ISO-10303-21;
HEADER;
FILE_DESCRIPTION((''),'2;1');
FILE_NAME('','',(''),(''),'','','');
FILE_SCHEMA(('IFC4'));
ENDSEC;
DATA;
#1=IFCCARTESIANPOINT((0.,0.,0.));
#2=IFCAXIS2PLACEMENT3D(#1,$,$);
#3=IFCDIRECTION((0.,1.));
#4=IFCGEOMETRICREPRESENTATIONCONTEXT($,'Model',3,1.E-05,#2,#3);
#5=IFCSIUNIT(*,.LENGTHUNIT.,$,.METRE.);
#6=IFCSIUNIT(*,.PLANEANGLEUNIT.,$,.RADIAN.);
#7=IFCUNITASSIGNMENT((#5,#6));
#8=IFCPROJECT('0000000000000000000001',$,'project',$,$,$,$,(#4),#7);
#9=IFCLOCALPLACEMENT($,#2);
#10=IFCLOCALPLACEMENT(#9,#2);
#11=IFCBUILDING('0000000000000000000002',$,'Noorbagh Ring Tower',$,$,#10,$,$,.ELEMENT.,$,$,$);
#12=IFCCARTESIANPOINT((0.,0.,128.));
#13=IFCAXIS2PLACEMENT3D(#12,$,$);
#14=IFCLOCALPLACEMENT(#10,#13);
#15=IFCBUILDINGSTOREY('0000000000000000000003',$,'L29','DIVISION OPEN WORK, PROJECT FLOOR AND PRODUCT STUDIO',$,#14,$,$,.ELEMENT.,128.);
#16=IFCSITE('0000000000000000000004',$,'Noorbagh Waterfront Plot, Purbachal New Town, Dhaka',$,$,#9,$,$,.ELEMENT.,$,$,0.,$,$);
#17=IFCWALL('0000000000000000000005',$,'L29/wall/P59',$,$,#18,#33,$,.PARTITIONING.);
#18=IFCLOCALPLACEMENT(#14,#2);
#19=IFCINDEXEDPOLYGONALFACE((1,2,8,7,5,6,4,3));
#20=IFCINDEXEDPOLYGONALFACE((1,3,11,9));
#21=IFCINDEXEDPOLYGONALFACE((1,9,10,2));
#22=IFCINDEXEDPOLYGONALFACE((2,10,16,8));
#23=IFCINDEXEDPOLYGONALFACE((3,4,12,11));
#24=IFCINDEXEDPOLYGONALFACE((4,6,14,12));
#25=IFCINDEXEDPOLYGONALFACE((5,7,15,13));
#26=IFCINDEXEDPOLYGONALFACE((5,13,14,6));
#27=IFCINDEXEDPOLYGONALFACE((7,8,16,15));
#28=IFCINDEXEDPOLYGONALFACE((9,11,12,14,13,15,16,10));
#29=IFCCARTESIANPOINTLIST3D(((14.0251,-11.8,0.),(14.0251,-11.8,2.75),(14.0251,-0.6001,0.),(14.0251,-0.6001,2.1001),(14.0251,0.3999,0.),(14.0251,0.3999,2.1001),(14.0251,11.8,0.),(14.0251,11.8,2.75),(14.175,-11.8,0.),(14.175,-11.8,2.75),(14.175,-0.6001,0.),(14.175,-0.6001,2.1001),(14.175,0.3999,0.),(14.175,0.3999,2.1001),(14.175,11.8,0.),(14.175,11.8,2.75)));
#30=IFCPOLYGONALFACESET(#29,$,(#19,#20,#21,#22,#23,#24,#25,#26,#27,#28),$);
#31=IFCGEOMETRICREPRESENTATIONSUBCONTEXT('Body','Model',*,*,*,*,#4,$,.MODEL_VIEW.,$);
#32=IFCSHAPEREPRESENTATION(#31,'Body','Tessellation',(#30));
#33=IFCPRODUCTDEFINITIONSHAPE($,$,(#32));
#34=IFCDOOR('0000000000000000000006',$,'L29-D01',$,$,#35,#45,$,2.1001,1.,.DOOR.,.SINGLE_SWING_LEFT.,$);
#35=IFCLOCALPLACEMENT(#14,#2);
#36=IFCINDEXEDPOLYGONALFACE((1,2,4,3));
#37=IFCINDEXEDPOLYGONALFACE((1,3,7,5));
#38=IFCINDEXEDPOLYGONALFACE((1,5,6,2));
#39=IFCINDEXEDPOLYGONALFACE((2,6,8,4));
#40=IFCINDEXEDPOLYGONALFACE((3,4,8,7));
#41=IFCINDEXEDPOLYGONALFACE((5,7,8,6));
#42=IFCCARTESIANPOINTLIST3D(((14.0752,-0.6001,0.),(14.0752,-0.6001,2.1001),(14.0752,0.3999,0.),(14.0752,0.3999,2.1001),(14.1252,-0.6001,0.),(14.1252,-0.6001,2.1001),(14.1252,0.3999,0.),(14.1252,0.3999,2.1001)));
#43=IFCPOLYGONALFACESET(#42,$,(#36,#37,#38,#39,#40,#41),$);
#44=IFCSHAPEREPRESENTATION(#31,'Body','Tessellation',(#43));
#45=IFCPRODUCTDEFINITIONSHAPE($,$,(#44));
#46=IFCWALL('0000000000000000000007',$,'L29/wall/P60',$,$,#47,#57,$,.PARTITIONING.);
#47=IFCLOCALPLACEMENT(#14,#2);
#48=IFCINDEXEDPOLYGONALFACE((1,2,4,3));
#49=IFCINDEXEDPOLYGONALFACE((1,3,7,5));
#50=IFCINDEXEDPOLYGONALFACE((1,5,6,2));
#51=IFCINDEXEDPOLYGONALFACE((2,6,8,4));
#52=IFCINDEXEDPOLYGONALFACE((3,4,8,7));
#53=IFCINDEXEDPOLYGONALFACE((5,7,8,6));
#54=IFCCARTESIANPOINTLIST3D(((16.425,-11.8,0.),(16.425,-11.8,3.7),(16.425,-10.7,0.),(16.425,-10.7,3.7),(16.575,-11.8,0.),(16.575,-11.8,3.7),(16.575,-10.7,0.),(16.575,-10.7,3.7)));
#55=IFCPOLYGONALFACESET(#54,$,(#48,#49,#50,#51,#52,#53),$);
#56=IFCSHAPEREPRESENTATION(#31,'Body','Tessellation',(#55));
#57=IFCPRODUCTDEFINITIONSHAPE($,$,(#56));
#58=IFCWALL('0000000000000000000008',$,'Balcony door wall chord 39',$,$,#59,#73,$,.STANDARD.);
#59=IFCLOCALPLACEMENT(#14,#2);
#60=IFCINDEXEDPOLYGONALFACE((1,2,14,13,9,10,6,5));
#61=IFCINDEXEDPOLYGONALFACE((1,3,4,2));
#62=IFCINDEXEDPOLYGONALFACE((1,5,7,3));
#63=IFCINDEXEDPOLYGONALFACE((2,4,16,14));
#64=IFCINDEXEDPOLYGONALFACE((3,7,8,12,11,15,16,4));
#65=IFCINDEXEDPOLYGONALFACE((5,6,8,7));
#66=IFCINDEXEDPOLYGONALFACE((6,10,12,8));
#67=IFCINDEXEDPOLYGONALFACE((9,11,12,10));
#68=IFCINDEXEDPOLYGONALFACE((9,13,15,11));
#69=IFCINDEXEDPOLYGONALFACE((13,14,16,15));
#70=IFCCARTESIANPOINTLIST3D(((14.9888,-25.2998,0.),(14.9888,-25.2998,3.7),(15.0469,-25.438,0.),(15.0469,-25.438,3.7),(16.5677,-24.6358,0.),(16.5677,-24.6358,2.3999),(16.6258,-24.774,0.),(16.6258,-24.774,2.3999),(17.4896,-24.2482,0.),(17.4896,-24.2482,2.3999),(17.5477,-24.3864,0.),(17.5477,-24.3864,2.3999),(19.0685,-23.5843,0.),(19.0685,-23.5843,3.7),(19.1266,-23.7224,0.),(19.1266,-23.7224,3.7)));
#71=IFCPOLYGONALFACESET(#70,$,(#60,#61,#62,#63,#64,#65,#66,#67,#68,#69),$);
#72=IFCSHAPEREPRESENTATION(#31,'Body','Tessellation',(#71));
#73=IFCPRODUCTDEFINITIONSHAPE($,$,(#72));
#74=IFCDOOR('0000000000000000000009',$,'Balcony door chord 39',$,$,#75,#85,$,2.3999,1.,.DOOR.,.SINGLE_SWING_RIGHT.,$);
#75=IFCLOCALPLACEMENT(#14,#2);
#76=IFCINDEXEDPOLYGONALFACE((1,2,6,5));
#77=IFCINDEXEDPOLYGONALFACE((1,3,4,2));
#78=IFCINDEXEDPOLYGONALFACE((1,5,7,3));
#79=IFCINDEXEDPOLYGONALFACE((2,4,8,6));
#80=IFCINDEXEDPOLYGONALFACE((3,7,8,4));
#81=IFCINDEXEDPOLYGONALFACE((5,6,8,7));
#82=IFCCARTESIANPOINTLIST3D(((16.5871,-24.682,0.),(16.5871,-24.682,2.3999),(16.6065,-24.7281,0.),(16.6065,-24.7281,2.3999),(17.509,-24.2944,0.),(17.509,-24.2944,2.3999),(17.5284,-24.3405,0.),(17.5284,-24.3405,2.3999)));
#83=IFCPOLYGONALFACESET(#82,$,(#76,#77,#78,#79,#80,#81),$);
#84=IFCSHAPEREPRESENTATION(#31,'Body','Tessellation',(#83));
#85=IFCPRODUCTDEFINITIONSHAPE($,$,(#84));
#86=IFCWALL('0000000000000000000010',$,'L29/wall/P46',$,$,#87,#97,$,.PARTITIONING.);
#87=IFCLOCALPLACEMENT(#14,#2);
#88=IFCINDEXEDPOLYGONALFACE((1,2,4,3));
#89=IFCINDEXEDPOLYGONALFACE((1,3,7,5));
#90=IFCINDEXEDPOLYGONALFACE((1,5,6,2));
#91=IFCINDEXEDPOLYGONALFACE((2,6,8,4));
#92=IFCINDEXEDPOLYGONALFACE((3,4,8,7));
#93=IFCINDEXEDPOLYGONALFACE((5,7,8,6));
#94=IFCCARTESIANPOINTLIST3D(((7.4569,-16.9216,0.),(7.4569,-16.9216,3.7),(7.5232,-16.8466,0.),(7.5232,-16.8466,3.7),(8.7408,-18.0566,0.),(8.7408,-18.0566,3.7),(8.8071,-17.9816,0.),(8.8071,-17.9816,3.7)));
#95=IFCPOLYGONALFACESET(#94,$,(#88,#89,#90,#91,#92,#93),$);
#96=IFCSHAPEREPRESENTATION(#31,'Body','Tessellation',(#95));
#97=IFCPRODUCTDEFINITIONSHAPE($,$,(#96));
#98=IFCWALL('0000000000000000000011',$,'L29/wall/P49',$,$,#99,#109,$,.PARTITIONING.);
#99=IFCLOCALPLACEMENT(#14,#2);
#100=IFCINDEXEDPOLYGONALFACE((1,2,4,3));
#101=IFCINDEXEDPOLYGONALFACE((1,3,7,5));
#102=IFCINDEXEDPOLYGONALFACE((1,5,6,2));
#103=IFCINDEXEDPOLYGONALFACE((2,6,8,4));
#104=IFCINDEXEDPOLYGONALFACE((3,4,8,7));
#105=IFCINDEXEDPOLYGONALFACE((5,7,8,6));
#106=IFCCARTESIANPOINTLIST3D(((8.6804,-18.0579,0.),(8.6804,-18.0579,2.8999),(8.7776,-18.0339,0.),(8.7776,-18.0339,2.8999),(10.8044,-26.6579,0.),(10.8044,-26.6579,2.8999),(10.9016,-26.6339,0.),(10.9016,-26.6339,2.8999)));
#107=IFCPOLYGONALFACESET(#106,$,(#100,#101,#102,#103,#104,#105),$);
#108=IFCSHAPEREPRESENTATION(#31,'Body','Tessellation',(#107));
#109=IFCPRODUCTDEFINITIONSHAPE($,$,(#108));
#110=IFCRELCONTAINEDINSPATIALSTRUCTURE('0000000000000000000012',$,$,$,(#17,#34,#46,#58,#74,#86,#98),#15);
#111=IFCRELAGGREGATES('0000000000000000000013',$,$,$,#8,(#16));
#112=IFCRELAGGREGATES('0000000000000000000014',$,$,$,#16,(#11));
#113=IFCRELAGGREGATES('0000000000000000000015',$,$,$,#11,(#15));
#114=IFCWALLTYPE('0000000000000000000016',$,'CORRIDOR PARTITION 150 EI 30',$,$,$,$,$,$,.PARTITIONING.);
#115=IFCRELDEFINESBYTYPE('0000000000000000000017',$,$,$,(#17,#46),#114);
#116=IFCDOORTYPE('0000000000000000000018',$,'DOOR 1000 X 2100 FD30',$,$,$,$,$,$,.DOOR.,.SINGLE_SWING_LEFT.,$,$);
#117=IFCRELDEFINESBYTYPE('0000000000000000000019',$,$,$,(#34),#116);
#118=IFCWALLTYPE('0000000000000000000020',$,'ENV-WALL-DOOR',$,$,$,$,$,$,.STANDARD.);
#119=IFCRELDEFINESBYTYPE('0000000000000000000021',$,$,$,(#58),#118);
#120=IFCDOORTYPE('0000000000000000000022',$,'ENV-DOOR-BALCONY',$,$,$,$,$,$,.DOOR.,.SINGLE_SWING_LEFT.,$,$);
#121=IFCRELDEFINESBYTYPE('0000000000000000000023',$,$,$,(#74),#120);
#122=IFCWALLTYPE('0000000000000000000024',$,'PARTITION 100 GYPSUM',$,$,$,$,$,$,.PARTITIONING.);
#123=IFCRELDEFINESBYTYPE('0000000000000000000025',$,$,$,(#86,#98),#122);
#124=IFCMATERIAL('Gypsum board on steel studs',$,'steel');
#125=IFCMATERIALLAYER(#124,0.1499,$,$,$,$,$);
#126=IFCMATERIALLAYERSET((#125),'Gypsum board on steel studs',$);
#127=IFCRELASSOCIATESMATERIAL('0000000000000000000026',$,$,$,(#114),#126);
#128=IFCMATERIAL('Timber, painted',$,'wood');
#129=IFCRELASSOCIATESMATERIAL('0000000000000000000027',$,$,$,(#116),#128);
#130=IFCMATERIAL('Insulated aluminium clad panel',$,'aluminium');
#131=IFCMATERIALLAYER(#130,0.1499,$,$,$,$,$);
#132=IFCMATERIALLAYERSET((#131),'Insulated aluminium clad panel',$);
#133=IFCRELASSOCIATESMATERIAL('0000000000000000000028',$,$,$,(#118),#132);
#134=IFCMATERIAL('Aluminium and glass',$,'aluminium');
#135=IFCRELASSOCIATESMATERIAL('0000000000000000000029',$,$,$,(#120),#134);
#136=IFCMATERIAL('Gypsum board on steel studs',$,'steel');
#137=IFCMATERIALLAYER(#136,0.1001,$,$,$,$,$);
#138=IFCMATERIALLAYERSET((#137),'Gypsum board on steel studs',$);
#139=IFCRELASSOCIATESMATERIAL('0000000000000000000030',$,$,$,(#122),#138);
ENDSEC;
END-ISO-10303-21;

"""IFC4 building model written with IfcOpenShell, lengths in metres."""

from ifc_helpers import new_model, si_unit, direction, frame, frame_2d, origin, place, context, subcontext, project, spatial, rectangle, extrude, material, layer, layer_set, type_object, element, fill, save


model = new_model("IFC4")

# Units and contexts
model_context = context("Model", 3, precision=1e-05, world=origin(), true_north=direction((0.0, 1.0)))
body_context = subcontext(model_context, "Body", "Model", "MODEL_VIEW")
ifc_project = project(units=[si_unit("LENGTHUNIT", "METRE"), si_unit("PLANEANGLEUNIT", "RADIAN")], contexts=[model_context])

# Site, building, storey
site_placement = place(None, origin())
site = spatial("IfcSite", under=ifc_project, at=site_placement, Name="Noorbagh Waterfront Plot, Purbachal New Town, Dhaka", CompositionType="ELEMENT", RefElevation=0.0)
building_placement = place(site_placement, origin())
building = spatial("IfcBuilding", under=site, at=building_placement, Name="Noorbagh Ring Tower", CompositionType="ELEMENT")
storey_placement = place(building_placement, frame((0.0, 0.0, 128.0)))
storey = spatial("IfcBuildingStorey", under=building, at=storey_placement, Name="L29", Description="DIVISION OPEN WORK, PROJECT FLOOR AND PRODUCT STUDIO", CompositionType="ELEMENT", Elevation=128.0)

# Shared definitions
ifc_material_1 = material(Name="Gypsum board on steel studs", Category="steel")
ifc_layer_1 = layer(ifc_material_1, 0.1499)
ifc_layer_set_1 = layer_set([ifc_layer_1], Name="Gypsum board on steel studs")
wall_type_1 = type_object("IfcWallType", Name="CORRIDOR PARTITION 150 EI 30", PredefinedType="PARTITIONING", material=ifc_layer_set_1)

# Wall, opening, door
ifc_material_2 = material(Name="Timber, painted", Category="wood")
door_type_1 = type_object("IfcDoorType", Name="DOOR 1000 X 2100 FD30", OperationType="SINGLE_SWING_LEFT", PredefinedType="DOOR", material=ifc_material_2)
wall_1_placement = place(storey_placement, frame((14.1001, -11.8, 0.0), z_axis=(0.0, 0.0, 1.0), x_axis=(0.0, 1.0, 0.0)))
wall_1 = element("IfcWall", 1, at=wall_1_placement, inside=storey, type_object=wall_type_1, Name="L29/wall/P59", PredefinedType="PARTITIONING", context=body_context, shape_type="SweptSolid", body=[
    extrude(rectangle(XDim=23.6001, YDim=0.1499, at=frame_2d((11.8, 0.0))), origin(), (0.0, 0.0, 1.0), 2.75),
])
opening_1_placement = place(wall_1_placement, frame((11.2, 0.0, 0.0)))
opening_1 = element("IfcOpeningElement", 2, at=opening_1_placement, cuts=wall_1, PredefinedType="OPENING", context=body_context, shape_type="SweptSolid", body=[
    extrude(rectangle(XDim=1.0, YDim=2.1001, at=frame_2d((0.5, 1.05))), frame((0.0, 0.085, 0.0), z_axis=(0.0, -1.0, 0.0), x_axis=(1.0, 0.0, 0.0)), (0.0, 0.0, 1.0), 0.1699),
])
door_1_placement = place(opening_1_placement, origin())
door_1 = element("IfcDoor", 3, at=door_1_placement, inside=storey, type_object=door_type_1, Name="L29-D01", OperationType="SINGLE_SWING_LEFT", OverallHeight=2.1001, OverallWidth=1.0, PredefinedType="DOOR", context=body_context, shape_type="SweptSolid", body=[
    extrude(rectangle(XDim=1.0, YDim=2.1001, at=frame_2d((0.5, 1.05))), frame((0.0, 0.0249, 0.0), z_axis=(0.0, -1.0, 0.0), x_axis=(1.0, 0.0, 0.0)), (0.0, 0.0, 1.0), 0.05),
])
fill(opening_1, door_1)

# Wall
wall_2_placement = place(storey_placement, frame((16.5, -11.8, 0.0), z_axis=(0.0, 0.0, 1.0), x_axis=(0.0, 1.0, 0.0)))
element("IfcWall", 4, at=wall_2_placement, inside=storey, type_object=wall_type_1, Name="L29/wall/P60", PredefinedType="PARTITIONING", context=body_context, shape_type="SweptSolid", body=[
    extrude(rectangle(XDim=1.1001, YDim=0.1499, at=frame_2d((0.55, 0.0))), origin(), (0.0, 0.0, 1.0), 3.7),
])

# Wall, opening, door
ifc_material_3 = material(Name="Insulated aluminium clad panel", Category="aluminium")
ifc_layer_2 = layer(ifc_material_3, 0.1499)
ifc_layer_set_2 = layer_set([ifc_layer_2], Name="Insulated aluminium clad panel")
wall_type_2 = type_object("IfcWallType", Name="ENV-WALL-DOOR", PredefinedType="STANDARD", material=ifc_layer_set_2)
wall_3_placement = place(storey_placement, frame((15.0178, -25.3689, 0.0), z_axis=(0.0, 0.0, 1.0), x_axis=(0.921817, 0.387625, 0.0)))
wall_3 = element("IfcWall", 5, at=wall_3_placement, inside=storey, type_object=wall_type_2, Name="Balcony door wall chord 39", PredefinedType="STANDARD", context=body_context, shape_type="SweptSolid", body=[
    extrude(rectangle(XDim=4.4258, YDim=0.1499, at=frame_2d((2.2129, 0.0))), origin(), (0.0, 0.0, 1.0), 3.7),
])
opening_2_placement = place(wall_3_placement, frame((1.7129, 0.0, 0.0)))
opening_2 = element("IfcOpeningElement", 6, at=opening_2_placement, cuts=wall_3, PredefinedType="OPENING", context=body_context, shape_type="SweptSolid", body=[
    extrude(rectangle(XDim=1.0, YDim=2.3999, at=frame_2d((0.5, 1.2))), frame((0.0, 0.085, 0.0), z_axis=(0.0, -1.0, 0.0), x_axis=(1.0, 0.0, 0.0)), (0.0, 0.0, 1.0), 0.1699),
])
ifc_material_4 = material(Name="Aluminium and glass", Category="aluminium")
door_type_2 = type_object("IfcDoorType", Name="ENV-DOOR-BALCONY", OperationType="SINGLE_SWING_LEFT", PredefinedType="DOOR", material=ifc_material_4)
door_2_placement = place(opening_2_placement, origin())
door_2 = element("IfcDoor", 7, at=door_2_placement, inside=storey, type_object=door_type_2, Name="Balcony door chord 39", OperationType="SINGLE_SWING_RIGHT", OverallHeight=2.3999, OverallWidth=1.0, PredefinedType="DOOR", context=body_context, shape_type="SweptSolid", body=[
    extrude(rectangle(XDim=1.0, YDim=2.3999, at=frame_2d((0.5, 1.2))), frame((0.0, 0.0249, 0.0), z_axis=(0.0, -1.0, 0.0), x_axis=(1.0, 0.0, 0.0)), (0.0, 0.0, 1.0), 0.05),
])
fill(opening_2, door_2)

# Walls
ifc_material_5 = material(Name="Gypsum board on steel studs", Category="steel")
ifc_layer_3 = layer(ifc_material_5, 0.1001)
ifc_layer_set_3 = layer_set([ifc_layer_3], Name="Gypsum board on steel studs")
wall_type_3 = type_object("IfcWallType", Name="PARTITION 100 GYPSUM", PredefinedType="PARTITIONING", material=ifc_layer_set_3)
wall_4_placement = place(storey_placement, frame((7.49, -16.884, 0.0), z_axis=(0.0, 0.0, 1.0), x_axis=(0.749222, -0.662319, 0.0)))
element("IfcWall", 8, at=wall_4_placement, inside=storey, type_object=wall_type_3, Name="L29/wall/P46", PredefinedType="PARTITIONING", context=body_context, shape_type="SweptSolid", body=[
    extrude(rectangle(XDim=1.7136, YDim=0.1001, at=frame_2d((0.8569, 0.0))), origin(), (0.0, 0.0, 1.0), 3.7),
])
wall_5_placement = place(storey_placement, frame((8.729, -18.0459, 0.0), z_axis=(0.0, 0.0, 1.0), x_axis=(0.239772, -0.970829, 0.0)))
element("IfcWall", 9, at=wall_5_placement, inside=storey, type_object=wall_type_3, Name="L29/wall/P49", PredefinedType="PARTITIONING", context=body_context, shape_type="SweptSolid", body=[
    extrude(rectangle(XDim=8.8584, YDim=0.1001, at=frame_2d((4.4292, 0.0))), origin(), (0.0, 0.0, 1.0), 2.8999),
])

save(model, "model.ifc")
